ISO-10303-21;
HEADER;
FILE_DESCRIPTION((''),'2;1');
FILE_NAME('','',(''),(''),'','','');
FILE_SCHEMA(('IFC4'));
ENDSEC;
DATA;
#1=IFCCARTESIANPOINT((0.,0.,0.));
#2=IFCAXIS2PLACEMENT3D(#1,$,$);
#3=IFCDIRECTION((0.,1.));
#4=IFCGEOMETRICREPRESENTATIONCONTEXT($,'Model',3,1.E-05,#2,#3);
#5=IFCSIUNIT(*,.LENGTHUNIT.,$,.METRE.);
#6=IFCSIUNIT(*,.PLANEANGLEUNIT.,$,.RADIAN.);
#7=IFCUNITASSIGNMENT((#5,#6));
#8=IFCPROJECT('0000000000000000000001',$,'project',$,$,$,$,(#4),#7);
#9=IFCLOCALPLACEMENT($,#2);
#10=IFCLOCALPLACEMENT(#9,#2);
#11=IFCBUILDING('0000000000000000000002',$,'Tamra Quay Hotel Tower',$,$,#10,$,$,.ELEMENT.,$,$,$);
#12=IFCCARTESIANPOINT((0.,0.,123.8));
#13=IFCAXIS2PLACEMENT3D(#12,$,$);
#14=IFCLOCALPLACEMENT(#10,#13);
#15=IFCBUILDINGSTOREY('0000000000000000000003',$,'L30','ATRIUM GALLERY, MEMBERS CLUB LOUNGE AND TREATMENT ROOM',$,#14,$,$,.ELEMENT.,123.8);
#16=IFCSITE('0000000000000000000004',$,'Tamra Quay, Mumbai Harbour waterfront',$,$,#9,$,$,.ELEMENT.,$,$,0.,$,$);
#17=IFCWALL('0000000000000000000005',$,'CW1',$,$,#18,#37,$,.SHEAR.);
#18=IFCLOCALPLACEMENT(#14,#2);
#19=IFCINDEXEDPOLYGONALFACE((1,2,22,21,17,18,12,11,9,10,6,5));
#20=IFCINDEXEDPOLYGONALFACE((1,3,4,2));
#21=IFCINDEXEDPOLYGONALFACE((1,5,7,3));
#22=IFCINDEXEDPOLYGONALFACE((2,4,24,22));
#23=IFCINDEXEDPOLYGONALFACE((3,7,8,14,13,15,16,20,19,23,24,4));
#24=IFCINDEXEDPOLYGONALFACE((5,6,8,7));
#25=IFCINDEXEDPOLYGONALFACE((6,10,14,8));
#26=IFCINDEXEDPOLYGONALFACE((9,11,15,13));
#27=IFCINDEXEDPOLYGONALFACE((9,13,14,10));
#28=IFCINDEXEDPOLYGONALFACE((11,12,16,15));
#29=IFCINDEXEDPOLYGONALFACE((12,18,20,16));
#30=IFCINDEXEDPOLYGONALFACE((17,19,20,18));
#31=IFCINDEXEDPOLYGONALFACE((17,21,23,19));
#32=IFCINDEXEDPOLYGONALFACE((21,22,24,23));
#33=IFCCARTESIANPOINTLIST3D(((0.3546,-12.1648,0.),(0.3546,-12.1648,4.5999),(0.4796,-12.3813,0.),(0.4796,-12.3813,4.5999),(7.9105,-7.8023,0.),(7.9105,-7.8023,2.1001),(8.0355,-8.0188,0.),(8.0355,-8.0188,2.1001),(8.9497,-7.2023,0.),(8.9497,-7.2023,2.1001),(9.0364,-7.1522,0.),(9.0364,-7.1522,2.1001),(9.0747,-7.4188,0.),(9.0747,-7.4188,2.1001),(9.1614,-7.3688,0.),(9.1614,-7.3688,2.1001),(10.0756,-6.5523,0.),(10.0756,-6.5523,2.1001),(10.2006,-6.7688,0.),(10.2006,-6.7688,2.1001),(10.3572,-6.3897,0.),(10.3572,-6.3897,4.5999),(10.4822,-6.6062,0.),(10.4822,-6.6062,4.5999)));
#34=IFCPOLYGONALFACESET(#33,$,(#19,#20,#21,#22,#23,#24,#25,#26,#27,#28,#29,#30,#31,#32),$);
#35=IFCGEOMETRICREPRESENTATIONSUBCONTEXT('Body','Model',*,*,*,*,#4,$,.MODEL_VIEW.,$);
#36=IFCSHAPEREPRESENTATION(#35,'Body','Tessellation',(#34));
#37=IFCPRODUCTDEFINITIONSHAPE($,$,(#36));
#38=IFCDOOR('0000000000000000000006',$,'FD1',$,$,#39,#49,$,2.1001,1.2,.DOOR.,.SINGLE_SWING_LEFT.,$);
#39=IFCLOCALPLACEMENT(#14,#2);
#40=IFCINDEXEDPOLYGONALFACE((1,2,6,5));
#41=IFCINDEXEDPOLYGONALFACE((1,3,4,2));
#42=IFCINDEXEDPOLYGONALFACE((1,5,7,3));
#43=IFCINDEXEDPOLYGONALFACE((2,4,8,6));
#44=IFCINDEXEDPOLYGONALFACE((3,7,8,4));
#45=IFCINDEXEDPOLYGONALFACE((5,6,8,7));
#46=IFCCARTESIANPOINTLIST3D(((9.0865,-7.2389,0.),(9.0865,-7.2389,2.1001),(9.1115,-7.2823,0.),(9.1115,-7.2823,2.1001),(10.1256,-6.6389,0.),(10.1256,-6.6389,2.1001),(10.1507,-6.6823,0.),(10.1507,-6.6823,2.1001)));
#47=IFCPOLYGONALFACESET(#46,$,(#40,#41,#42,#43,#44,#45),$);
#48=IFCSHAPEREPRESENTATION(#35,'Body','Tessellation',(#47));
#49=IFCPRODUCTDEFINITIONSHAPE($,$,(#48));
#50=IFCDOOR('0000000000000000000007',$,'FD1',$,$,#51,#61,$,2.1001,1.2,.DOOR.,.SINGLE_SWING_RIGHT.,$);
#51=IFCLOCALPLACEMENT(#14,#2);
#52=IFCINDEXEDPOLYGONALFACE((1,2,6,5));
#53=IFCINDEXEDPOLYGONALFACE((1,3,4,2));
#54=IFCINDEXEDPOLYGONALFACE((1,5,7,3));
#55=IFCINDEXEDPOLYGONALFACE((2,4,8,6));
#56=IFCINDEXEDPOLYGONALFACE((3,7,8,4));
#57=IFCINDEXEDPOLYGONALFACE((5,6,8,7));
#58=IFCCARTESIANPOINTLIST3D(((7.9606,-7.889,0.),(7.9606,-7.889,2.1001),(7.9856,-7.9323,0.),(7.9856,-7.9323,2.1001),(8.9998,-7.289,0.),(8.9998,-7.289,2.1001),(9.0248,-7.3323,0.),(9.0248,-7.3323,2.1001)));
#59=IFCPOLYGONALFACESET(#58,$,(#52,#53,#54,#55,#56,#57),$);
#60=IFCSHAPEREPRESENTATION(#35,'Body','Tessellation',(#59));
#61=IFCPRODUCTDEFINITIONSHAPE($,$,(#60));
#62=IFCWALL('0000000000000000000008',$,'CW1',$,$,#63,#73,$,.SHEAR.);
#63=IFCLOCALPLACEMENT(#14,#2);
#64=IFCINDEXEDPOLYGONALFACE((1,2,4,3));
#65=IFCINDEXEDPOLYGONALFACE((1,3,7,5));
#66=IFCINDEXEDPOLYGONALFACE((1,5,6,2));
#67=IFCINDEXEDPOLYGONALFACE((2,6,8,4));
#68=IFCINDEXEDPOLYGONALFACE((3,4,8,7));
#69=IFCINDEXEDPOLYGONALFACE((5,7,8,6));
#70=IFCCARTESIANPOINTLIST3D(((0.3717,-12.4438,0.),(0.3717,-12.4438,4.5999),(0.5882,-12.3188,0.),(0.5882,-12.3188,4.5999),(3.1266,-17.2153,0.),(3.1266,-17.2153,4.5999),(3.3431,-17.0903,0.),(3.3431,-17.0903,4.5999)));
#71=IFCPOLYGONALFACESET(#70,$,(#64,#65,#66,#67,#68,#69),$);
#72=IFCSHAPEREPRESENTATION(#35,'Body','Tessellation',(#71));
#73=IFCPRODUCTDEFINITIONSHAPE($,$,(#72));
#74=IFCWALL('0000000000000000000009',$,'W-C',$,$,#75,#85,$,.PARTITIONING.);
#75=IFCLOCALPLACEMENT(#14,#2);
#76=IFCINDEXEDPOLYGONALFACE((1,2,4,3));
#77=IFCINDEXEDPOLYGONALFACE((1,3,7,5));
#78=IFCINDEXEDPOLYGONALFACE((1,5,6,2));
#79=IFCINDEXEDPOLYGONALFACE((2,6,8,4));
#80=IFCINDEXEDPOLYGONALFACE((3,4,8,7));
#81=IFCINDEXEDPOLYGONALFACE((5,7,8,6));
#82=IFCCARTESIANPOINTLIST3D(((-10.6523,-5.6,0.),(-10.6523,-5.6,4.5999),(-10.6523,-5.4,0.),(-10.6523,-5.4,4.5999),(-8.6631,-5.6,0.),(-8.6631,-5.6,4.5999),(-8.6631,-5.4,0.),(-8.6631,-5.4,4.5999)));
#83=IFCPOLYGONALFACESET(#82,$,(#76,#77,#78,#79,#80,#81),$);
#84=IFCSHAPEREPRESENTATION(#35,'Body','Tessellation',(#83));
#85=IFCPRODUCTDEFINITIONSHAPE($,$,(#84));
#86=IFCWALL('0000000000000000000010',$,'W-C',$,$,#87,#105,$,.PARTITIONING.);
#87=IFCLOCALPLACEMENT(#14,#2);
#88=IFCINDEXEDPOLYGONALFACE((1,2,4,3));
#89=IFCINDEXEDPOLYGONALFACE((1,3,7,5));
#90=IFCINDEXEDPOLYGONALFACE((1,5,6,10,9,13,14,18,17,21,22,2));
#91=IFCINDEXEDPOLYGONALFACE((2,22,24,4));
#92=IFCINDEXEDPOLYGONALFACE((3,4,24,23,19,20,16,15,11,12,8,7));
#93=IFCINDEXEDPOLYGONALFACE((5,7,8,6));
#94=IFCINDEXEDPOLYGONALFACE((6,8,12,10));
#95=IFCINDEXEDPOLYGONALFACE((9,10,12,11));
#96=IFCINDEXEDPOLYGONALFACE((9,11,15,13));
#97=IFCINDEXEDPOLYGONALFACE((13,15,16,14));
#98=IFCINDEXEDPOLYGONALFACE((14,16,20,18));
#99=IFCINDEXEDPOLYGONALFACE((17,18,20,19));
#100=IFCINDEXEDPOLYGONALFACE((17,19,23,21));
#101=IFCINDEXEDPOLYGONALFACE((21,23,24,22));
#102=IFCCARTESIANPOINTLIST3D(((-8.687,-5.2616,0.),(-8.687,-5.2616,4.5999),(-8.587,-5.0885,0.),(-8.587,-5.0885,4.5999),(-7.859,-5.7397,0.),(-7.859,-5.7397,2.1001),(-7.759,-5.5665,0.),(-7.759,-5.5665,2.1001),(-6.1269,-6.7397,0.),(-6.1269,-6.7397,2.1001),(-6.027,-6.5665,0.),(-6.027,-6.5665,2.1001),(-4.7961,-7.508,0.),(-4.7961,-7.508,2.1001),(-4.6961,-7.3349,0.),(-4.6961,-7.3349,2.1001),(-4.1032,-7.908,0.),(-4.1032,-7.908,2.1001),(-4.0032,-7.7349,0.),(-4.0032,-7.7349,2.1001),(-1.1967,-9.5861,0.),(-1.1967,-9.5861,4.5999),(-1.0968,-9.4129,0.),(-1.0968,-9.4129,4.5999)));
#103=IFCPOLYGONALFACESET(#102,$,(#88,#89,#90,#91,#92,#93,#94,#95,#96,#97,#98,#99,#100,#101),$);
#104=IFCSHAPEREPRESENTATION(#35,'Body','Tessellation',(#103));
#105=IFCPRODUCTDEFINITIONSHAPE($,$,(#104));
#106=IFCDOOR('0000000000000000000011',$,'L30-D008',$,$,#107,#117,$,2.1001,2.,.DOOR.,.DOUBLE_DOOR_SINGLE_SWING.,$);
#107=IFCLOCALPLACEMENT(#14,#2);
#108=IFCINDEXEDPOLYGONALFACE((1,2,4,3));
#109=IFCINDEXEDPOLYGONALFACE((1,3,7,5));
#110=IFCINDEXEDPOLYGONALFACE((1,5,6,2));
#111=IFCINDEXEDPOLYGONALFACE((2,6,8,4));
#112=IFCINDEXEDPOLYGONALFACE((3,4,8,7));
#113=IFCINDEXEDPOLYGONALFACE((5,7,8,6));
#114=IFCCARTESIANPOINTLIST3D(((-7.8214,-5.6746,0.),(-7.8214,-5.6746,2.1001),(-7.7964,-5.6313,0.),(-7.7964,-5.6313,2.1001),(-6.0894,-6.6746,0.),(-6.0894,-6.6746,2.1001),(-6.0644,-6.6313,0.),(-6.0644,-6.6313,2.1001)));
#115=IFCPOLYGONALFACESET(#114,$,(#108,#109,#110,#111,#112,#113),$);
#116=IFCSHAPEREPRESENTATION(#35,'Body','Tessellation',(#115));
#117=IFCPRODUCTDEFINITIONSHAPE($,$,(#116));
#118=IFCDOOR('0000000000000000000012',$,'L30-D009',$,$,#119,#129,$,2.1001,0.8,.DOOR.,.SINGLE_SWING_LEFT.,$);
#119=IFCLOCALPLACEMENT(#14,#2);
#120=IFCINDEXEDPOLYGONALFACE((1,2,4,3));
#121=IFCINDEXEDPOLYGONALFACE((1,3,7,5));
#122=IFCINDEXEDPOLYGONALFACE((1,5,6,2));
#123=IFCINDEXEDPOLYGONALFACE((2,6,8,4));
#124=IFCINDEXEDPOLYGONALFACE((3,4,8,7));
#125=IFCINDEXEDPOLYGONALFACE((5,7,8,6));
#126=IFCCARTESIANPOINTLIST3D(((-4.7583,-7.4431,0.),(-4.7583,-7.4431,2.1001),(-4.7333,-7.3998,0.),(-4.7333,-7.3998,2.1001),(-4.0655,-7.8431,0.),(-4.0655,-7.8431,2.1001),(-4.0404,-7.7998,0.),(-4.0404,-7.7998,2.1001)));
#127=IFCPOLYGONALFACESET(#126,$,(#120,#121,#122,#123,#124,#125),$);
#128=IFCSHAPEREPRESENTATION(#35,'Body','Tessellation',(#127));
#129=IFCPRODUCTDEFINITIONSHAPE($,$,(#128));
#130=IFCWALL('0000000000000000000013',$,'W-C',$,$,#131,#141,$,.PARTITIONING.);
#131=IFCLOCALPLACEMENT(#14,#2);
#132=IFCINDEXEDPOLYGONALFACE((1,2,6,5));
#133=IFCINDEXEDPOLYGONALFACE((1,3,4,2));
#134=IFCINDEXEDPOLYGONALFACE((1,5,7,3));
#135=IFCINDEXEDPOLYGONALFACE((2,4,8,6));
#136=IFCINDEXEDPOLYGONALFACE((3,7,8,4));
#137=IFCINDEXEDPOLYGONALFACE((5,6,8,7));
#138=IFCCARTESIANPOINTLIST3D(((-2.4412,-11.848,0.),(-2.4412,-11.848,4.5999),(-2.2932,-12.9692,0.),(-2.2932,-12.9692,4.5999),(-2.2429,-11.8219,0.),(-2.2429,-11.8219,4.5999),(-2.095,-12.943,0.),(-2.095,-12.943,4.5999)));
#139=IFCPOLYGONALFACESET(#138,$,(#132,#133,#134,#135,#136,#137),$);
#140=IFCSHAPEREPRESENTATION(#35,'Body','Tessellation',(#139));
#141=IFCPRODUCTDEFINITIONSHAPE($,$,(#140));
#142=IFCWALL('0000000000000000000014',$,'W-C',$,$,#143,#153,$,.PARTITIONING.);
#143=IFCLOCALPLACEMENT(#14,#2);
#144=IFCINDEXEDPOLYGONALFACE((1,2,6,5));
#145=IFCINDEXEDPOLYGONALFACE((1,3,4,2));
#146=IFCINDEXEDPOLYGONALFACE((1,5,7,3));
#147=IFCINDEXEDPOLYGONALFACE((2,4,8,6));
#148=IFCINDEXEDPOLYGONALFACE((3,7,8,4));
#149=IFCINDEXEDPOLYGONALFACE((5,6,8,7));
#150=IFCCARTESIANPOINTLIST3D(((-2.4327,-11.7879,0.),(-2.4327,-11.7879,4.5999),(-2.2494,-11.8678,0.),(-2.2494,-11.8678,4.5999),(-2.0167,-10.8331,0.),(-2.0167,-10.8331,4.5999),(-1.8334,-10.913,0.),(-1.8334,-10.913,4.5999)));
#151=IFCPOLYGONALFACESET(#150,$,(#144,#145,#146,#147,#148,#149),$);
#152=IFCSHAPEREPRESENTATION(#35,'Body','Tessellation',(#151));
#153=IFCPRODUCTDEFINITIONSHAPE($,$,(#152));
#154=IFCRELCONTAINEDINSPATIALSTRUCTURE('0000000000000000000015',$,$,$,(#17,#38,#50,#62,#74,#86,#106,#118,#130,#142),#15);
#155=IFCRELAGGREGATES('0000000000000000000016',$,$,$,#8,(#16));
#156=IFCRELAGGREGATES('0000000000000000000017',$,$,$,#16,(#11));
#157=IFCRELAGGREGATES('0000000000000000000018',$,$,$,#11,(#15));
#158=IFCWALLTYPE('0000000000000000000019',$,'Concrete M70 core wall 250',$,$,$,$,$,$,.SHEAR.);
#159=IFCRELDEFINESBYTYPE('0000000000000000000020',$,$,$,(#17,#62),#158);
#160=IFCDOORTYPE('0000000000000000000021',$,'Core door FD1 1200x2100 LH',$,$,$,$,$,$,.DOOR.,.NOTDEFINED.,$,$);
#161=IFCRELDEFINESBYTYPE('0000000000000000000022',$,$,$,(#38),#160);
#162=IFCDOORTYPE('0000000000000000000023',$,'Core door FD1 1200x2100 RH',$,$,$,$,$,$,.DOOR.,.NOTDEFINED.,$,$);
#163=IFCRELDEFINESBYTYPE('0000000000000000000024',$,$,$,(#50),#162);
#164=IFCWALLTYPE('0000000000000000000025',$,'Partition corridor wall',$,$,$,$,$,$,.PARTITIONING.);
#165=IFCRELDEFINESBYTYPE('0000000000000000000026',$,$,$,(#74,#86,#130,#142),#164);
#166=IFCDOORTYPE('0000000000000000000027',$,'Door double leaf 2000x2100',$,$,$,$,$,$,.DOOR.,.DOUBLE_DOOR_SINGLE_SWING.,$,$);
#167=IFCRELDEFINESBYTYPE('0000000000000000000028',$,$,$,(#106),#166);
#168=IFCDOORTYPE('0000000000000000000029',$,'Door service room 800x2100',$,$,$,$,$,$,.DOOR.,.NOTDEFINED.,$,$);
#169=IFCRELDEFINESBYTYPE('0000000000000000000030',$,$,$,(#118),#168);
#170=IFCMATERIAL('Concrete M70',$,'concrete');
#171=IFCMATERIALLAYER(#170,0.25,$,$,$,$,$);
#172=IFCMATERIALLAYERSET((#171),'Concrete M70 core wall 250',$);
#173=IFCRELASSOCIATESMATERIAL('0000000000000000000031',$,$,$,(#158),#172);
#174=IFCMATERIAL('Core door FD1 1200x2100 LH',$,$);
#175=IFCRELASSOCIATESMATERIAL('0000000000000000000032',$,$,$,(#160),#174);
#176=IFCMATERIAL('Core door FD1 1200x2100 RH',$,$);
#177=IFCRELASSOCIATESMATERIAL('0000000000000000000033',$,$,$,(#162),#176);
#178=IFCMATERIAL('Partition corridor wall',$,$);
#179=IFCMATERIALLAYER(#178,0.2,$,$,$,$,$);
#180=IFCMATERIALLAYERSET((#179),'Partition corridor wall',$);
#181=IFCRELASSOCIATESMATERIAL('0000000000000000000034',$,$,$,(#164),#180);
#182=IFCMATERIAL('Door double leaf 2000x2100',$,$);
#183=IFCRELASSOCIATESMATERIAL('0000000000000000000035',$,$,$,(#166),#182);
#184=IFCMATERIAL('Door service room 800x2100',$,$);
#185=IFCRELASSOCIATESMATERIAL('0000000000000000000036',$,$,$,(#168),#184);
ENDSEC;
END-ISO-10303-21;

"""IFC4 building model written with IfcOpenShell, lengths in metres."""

from ifc_helpers import new_model, si_unit, direction, frame, frame_2d, origin, place, context, subcontext, project, spatial, rectangle, extrude, material, layer, layer_set, type_object, element, fill, save


model = new_model("IFC4")

# Units and contexts
model_context = context("Model", 3, precision=1e-05, world=origin(), true_north=direction((0.0, 1.0)))
body_context = subcontext(model_context, "Body", "Model", "MODEL_VIEW")
ifc_project = project(units=[si_unit("LENGTHUNIT", "METRE"), si_unit("PLANEANGLEUNIT", "RADIAN")], contexts=[model_context])

# Site, building, storey
site_placement = place(None, origin())
site = spatial("IfcSite", under=ifc_project, at=site_placement, Name="Tamra Quay, Mumbai Harbour waterfront", CompositionType="ELEMENT", RefElevation=0.0)
building_placement = place(site_placement, origin())
building = spatial("IfcBuilding", under=site, at=building_placement, Name="Tamra Quay Hotel Tower", CompositionType="ELEMENT")
storey_placement = place(building_placement, frame((0.0, 0.0, 123.8)))
storey = spatial("IfcBuildingStorey", under=building, at=storey_placement, Name="L30", Description="ATRIUM GALLERY, MEMBERS CLUB LOUNGE AND TREATMENT ROOM", CompositionType="ELEMENT", Elevation=123.8)

# Shared definitions
ifc_material_1 = material(Name="Concrete M70", Category="concrete")

# Shared definitions
ifc_layer_1 = layer(ifc_material_1, 0.25)
ifc_layer_set_1 = layer_set([ifc_layer_1], Name="Concrete M70 core wall 250")
wall_type_1 = type_object("IfcWallType", Name="Concrete M70 core wall 250", PredefinedType="SHEAR", material=ifc_layer_set_1)

# Wall, openings, doors
wall_1_placement = place(storey_placement, frame((0.4172, -12.2729, 0.0), z_axis=(0.0, 0.0, 1.0), x_axis=(0.866022, 0.500006, 0.0)))
wall_1 = element("IfcWall", 1, at=wall_1_placement, inside=storey, type_object=wall_type_1, Name="CW1", PredefinedType="SHEAR", context=body_context, shape_type="SweptSolid", body=[
    extrude(rectangle(XDim=11.55, YDim=0.25, at=frame_2d((5.7749, 0.0))), origin(), (0.0, 0.0, 1.0), 4.5999),
])
opening_1_placement = place(wall_1_placement, frame((10.0247, 0.0, 0.0)))
opening_1 = element("IfcOpeningElement", 2, at=opening_1_placement, cuts=wall_1, PredefinedType="OPENING", context=body_context, shape_type="SweptSolid", body=[
    extrude(rectangle(XDim=1.2, YDim=2.1001, at=frame_2d((0.6001, 1.05))), frame((0.0, 0.135, 0.0), z_axis=(0.0, -1.0, 0.0), x_axis=(1.0, 0.0, 0.0)), (0.0, 0.0, 1.0), 0.27),
])
opening_2_placement = place(wall_1_placement, frame((8.7246, 0.0, 0.0)))
opening_2 = element("IfcOpeningElement", 3, at=opening_2_placement, cuts=wall_1, PredefinedType="OPENING", context=body_context, shape_type="SweptSolid", body=[
    extrude(rectangle(XDim=1.2, YDim=2.1001, at=frame_2d((0.6001, 1.05))), frame((0.0, 0.135, 0.0), z_axis=(0.0, -1.0, 0.0), x_axis=(1.0, 0.0, 0.0)), (0.0, 0.0, 1.0), 0.27),
])
ifc_material_2 = material(Name="Core door FD1 1200x2100 LH")
door_type_1 = type_object("IfcDoorType", Name="Core door FD1 1200x2100 LH", OperationType="NOTDEFINED", PredefinedType="DOOR", material=ifc_material_2)
door_1_placement = place(opening_1_placement, origin())
door_1 = element("IfcDoor", 4, at=door_1_placement, inside=storey, type_object=door_type_1, Name="FD1", OperationType="SINGLE_SWING_LEFT", OverallHeight=2.1001, OverallWidth=1.2, PredefinedType="DOOR", context=body_context, shape_type="SweptSolid", body=[
    extrude(rectangle(XDim=1.2, YDim=2.1001, at=frame_2d((0.6001, 1.05))), frame((0.0, 0.0249, 0.0), z_axis=(0.0, -1.0, 0.0), x_axis=(1.0, 0.0, 0.0)), (0.0, 0.0, 1.0), 0.05),
])
fill(opening_1, door_1)
ifc_material_3 = material(Name="Core door FD1 1200x2100 RH")
door_type_2 = type_object("IfcDoorType", Name="Core door FD1 1200x2100 RH", OperationType="NOTDEFINED", PredefinedType="DOOR", material=ifc_material_3)
door_2_placement = place(opening_2_placement, origin())
door_2 = element("IfcDoor", 5, at=door_2_placement, inside=storey, type_object=door_type_2, Name="FD1", OperationType="SINGLE_SWING_RIGHT", OverallHeight=2.1001, OverallWidth=1.2, PredefinedType="DOOR", context=body_context, shape_type="SweptSolid", body=[
    extrude(rectangle(XDim=1.2, YDim=2.1001, at=frame_2d((0.6001, 1.05))), frame((0.0, 0.0249, 0.0), z_axis=(0.0, -1.0, 0.0), x_axis=(1.0, 0.0, 0.0)), (0.0, 0.0, 1.0), 0.05),
])
fill(opening_2, door_2)

# Walls
wall_2_placement = place(storey_placement, frame((3.2349, -17.1528, 0.0), z_axis=(0.0, 0.0, 1.0), x_axis=(-0.500009, 0.86602, 0.0)))
element("IfcWall", 6, at=wall_2_placement, inside=storey, type_object=wall_type_1, Name="CW1", PredefinedType="SHEAR", context=body_context, shape_type="SweptSolid", body=[
    extrude(rectangle(XDim=5.5098, YDim=0.25, at=frame_2d((2.7549, 0.0))), origin(), (0.0, 0.0, 1.0), 4.5999),
])
ifc_material_4 = material(Name="Partition corridor wall")
ifc_layer_2 = layer(ifc_material_4, 0.2)
ifc_layer_set_2 = layer_set([ifc_layer_2], Name="Partition corridor wall")
wall_type_2 = type_object("IfcWallType", Name="Partition corridor wall", PredefinedType="PARTITIONING", material=ifc_layer_set_2)
wall_3_placement = place(storey_placement, frame((-10.6523, -5.5, 0.0), z_axis=(0.0, 0.0, 1.0), x_axis=(1.0, 0.0, 0.0)))
element("IfcWall", 7, at=wall_3_placement, inside=storey, type_object=wall_type_2, Name="W-C", PredefinedType="PARTITIONING", context=body_context, shape_type="SweptSolid", body=[
    extrude(rectangle(XDim=1.9893, YDim=0.2, at=frame_2d((0.9946, 0.0))), origin(), (0.0, 0.0, 1.0), 4.5999),
])

# Wall, openings, doors
wall_4_placement = place(storey_placement, frame((-8.637, -5.175, 0.0), z_axis=(0.0, 0.0, 1.0), x_axis=(0.866027, -0.499998, 0.0)))
wall_4 = element("IfcWall", 8, at=wall_4_placement, inside=storey, type_object=wall_type_2, Name="W-C", PredefinedType="PARTITIONING", context=body_context, shape_type="SweptSolid", body=[
    extrude(rectangle(XDim=8.6489, YDim=0.2, at=frame_2d((4.3245, 0.0))), origin(), (0.0, 0.0, 1.0), 4.5999),
])
opening_3_placement = place(wall_4_placement, frame((0.9561, 0.0, 0.0)))
opening_3 = element("IfcOpeningElement", 9, at=opening_3_placement, cuts=wall_4, PredefinedType="OPENING", context=body_context, shape_type="SweptSolid", body=[
    extrude(rectangle(XDim=2.0, YDim=2.1001, at=frame_2d((1.0, 1.05))), frame((0.0, 0.1099, 0.0), z_axis=(0.0, -1.0, 0.0), x_axis=(1.0, 0.0, 0.0)), (0.0, 0.0, 1.0), 0.22),
])
opening_4_placement = place(wall_4_placement, frame((4.4929, 0.0, 0.0)))
opening_4 = element("IfcOpeningElement", 10, at=opening_4_placement, cuts=wall_4, PredefinedType="OPENING", context=body_context, shape_type="SweptSolid", body=[
    extrude(rectangle(XDim=0.8, YDim=2.1001, at=frame_2d((0.3999, 1.05))), frame((0.0, 0.1099, 0.0), z_axis=(0.0, -1.0, 0.0), x_axis=(1.0, 0.0, 0.0)), (0.0, 0.0, 1.0), 0.22),
])
ifc_material_5 = material(Name="Door double leaf 2000x2100")
door_type_3 = type_object("IfcDoorType", Name="Door double leaf 2000x2100", OperationType="DOUBLE_DOOR_SINGLE_SWING", PredefinedType="DOOR", material=ifc_material_5)
door_3_placement = place(opening_3_placement, frame((2.0, 0.0, 0.0), z_axis=(0.0, 0.0, 1.0), x_axis=(-1.0, 0.0, 0.0)))
door_3 = element("IfcDoor", 11, at=door_3_placement, inside=storey, type_object=door_type_3, Name="L30-D008", OperationType="DOUBLE_DOOR_SINGLE_SWING", OverallHeight=2.1001, OverallWidth=2.0, PredefinedType="DOOR", context=body_context, shape_type="SweptSolid", body=[
    extrude(rectangle(XDim=2.0, YDim=2.1001, at=frame_2d((1.0, 1.05))), frame((0.0, 0.0249, 0.0), z_axis=(0.0, -1.0, 0.0), x_axis=(1.0, 0.0, 0.0)), (0.0, 0.0, 1.0), 0.05),
])
fill(opening_3, door_3)
ifc_material_6 = material(Name="Door service room 800x2100")
door_type_4 = type_object("IfcDoorType", Name="Door service room 800x2100", OperationType="NOTDEFINED", PredefinedType="DOOR", material=ifc_material_6)
door_4_placement = place(opening_4_placement, frame((0.8, 0.0, 0.0), z_axis=(0.0, 0.0, 1.0), x_axis=(-1.0, 0.0, 0.0)))
door_4 = element("IfcDoor", 12, at=door_4_placement, inside=storey, type_object=door_type_4, Name="L30-D009", OperationType="SINGLE_SWING_LEFT", OverallHeight=2.1001, OverallWidth=0.8, PredefinedType="DOOR", context=body_context, shape_type="SweptSolid", body=[
    extrude(rectangle(XDim=0.8, YDim=2.1001, at=frame_2d((0.3999, 1.05))), frame((0.0, 0.0249, 0.0), z_axis=(0.0, -1.0, 0.0), x_axis=(1.0, 0.0, 0.0)), (0.0, 0.0, 1.0), 0.05),
])
fill(opening_4, door_4)

# Walls
wall_5_placement = place(storey_placement, frame((-2.342, -11.835, 0.0), z_axis=(0.0, 0.0, 1.0), x_axis=(0.130834, -0.991404, 0.0)))
element("IfcWall", 13, at=wall_5_placement, inside=storey, type_object=wall_type_2, Name="W-C", PredefinedType="PARTITIONING", context=body_context, shape_type="SweptSolid", body=[
    extrude(rectangle(XDim=1.1309, YDim=0.2, at=frame_2d((0.5654, 0.0))), origin(), (0.0, 0.0, 1.0), 4.5999),
])
wall_6_placement = place(storey_placement, frame((-2.3411, -11.8279, 0.0), z_axis=(0.0, 0.0, 1.0), x_axis=(0.399429, 0.916764, 0.0)))
element("IfcWall", 14, at=wall_6_placement, inside=storey, type_object=wall_type_2, Name="W-C", PredefinedType="PARTITIONING", context=body_context, shape_type="SweptSolid", body=[
    extrude(rectangle(XDim=1.0415, YDim=0.2, at=frame_2d((0.5208, 0.0))), origin(), (0.0, 0.0, 1.0), 4.5999),
])

save(model, "model.ifc")
